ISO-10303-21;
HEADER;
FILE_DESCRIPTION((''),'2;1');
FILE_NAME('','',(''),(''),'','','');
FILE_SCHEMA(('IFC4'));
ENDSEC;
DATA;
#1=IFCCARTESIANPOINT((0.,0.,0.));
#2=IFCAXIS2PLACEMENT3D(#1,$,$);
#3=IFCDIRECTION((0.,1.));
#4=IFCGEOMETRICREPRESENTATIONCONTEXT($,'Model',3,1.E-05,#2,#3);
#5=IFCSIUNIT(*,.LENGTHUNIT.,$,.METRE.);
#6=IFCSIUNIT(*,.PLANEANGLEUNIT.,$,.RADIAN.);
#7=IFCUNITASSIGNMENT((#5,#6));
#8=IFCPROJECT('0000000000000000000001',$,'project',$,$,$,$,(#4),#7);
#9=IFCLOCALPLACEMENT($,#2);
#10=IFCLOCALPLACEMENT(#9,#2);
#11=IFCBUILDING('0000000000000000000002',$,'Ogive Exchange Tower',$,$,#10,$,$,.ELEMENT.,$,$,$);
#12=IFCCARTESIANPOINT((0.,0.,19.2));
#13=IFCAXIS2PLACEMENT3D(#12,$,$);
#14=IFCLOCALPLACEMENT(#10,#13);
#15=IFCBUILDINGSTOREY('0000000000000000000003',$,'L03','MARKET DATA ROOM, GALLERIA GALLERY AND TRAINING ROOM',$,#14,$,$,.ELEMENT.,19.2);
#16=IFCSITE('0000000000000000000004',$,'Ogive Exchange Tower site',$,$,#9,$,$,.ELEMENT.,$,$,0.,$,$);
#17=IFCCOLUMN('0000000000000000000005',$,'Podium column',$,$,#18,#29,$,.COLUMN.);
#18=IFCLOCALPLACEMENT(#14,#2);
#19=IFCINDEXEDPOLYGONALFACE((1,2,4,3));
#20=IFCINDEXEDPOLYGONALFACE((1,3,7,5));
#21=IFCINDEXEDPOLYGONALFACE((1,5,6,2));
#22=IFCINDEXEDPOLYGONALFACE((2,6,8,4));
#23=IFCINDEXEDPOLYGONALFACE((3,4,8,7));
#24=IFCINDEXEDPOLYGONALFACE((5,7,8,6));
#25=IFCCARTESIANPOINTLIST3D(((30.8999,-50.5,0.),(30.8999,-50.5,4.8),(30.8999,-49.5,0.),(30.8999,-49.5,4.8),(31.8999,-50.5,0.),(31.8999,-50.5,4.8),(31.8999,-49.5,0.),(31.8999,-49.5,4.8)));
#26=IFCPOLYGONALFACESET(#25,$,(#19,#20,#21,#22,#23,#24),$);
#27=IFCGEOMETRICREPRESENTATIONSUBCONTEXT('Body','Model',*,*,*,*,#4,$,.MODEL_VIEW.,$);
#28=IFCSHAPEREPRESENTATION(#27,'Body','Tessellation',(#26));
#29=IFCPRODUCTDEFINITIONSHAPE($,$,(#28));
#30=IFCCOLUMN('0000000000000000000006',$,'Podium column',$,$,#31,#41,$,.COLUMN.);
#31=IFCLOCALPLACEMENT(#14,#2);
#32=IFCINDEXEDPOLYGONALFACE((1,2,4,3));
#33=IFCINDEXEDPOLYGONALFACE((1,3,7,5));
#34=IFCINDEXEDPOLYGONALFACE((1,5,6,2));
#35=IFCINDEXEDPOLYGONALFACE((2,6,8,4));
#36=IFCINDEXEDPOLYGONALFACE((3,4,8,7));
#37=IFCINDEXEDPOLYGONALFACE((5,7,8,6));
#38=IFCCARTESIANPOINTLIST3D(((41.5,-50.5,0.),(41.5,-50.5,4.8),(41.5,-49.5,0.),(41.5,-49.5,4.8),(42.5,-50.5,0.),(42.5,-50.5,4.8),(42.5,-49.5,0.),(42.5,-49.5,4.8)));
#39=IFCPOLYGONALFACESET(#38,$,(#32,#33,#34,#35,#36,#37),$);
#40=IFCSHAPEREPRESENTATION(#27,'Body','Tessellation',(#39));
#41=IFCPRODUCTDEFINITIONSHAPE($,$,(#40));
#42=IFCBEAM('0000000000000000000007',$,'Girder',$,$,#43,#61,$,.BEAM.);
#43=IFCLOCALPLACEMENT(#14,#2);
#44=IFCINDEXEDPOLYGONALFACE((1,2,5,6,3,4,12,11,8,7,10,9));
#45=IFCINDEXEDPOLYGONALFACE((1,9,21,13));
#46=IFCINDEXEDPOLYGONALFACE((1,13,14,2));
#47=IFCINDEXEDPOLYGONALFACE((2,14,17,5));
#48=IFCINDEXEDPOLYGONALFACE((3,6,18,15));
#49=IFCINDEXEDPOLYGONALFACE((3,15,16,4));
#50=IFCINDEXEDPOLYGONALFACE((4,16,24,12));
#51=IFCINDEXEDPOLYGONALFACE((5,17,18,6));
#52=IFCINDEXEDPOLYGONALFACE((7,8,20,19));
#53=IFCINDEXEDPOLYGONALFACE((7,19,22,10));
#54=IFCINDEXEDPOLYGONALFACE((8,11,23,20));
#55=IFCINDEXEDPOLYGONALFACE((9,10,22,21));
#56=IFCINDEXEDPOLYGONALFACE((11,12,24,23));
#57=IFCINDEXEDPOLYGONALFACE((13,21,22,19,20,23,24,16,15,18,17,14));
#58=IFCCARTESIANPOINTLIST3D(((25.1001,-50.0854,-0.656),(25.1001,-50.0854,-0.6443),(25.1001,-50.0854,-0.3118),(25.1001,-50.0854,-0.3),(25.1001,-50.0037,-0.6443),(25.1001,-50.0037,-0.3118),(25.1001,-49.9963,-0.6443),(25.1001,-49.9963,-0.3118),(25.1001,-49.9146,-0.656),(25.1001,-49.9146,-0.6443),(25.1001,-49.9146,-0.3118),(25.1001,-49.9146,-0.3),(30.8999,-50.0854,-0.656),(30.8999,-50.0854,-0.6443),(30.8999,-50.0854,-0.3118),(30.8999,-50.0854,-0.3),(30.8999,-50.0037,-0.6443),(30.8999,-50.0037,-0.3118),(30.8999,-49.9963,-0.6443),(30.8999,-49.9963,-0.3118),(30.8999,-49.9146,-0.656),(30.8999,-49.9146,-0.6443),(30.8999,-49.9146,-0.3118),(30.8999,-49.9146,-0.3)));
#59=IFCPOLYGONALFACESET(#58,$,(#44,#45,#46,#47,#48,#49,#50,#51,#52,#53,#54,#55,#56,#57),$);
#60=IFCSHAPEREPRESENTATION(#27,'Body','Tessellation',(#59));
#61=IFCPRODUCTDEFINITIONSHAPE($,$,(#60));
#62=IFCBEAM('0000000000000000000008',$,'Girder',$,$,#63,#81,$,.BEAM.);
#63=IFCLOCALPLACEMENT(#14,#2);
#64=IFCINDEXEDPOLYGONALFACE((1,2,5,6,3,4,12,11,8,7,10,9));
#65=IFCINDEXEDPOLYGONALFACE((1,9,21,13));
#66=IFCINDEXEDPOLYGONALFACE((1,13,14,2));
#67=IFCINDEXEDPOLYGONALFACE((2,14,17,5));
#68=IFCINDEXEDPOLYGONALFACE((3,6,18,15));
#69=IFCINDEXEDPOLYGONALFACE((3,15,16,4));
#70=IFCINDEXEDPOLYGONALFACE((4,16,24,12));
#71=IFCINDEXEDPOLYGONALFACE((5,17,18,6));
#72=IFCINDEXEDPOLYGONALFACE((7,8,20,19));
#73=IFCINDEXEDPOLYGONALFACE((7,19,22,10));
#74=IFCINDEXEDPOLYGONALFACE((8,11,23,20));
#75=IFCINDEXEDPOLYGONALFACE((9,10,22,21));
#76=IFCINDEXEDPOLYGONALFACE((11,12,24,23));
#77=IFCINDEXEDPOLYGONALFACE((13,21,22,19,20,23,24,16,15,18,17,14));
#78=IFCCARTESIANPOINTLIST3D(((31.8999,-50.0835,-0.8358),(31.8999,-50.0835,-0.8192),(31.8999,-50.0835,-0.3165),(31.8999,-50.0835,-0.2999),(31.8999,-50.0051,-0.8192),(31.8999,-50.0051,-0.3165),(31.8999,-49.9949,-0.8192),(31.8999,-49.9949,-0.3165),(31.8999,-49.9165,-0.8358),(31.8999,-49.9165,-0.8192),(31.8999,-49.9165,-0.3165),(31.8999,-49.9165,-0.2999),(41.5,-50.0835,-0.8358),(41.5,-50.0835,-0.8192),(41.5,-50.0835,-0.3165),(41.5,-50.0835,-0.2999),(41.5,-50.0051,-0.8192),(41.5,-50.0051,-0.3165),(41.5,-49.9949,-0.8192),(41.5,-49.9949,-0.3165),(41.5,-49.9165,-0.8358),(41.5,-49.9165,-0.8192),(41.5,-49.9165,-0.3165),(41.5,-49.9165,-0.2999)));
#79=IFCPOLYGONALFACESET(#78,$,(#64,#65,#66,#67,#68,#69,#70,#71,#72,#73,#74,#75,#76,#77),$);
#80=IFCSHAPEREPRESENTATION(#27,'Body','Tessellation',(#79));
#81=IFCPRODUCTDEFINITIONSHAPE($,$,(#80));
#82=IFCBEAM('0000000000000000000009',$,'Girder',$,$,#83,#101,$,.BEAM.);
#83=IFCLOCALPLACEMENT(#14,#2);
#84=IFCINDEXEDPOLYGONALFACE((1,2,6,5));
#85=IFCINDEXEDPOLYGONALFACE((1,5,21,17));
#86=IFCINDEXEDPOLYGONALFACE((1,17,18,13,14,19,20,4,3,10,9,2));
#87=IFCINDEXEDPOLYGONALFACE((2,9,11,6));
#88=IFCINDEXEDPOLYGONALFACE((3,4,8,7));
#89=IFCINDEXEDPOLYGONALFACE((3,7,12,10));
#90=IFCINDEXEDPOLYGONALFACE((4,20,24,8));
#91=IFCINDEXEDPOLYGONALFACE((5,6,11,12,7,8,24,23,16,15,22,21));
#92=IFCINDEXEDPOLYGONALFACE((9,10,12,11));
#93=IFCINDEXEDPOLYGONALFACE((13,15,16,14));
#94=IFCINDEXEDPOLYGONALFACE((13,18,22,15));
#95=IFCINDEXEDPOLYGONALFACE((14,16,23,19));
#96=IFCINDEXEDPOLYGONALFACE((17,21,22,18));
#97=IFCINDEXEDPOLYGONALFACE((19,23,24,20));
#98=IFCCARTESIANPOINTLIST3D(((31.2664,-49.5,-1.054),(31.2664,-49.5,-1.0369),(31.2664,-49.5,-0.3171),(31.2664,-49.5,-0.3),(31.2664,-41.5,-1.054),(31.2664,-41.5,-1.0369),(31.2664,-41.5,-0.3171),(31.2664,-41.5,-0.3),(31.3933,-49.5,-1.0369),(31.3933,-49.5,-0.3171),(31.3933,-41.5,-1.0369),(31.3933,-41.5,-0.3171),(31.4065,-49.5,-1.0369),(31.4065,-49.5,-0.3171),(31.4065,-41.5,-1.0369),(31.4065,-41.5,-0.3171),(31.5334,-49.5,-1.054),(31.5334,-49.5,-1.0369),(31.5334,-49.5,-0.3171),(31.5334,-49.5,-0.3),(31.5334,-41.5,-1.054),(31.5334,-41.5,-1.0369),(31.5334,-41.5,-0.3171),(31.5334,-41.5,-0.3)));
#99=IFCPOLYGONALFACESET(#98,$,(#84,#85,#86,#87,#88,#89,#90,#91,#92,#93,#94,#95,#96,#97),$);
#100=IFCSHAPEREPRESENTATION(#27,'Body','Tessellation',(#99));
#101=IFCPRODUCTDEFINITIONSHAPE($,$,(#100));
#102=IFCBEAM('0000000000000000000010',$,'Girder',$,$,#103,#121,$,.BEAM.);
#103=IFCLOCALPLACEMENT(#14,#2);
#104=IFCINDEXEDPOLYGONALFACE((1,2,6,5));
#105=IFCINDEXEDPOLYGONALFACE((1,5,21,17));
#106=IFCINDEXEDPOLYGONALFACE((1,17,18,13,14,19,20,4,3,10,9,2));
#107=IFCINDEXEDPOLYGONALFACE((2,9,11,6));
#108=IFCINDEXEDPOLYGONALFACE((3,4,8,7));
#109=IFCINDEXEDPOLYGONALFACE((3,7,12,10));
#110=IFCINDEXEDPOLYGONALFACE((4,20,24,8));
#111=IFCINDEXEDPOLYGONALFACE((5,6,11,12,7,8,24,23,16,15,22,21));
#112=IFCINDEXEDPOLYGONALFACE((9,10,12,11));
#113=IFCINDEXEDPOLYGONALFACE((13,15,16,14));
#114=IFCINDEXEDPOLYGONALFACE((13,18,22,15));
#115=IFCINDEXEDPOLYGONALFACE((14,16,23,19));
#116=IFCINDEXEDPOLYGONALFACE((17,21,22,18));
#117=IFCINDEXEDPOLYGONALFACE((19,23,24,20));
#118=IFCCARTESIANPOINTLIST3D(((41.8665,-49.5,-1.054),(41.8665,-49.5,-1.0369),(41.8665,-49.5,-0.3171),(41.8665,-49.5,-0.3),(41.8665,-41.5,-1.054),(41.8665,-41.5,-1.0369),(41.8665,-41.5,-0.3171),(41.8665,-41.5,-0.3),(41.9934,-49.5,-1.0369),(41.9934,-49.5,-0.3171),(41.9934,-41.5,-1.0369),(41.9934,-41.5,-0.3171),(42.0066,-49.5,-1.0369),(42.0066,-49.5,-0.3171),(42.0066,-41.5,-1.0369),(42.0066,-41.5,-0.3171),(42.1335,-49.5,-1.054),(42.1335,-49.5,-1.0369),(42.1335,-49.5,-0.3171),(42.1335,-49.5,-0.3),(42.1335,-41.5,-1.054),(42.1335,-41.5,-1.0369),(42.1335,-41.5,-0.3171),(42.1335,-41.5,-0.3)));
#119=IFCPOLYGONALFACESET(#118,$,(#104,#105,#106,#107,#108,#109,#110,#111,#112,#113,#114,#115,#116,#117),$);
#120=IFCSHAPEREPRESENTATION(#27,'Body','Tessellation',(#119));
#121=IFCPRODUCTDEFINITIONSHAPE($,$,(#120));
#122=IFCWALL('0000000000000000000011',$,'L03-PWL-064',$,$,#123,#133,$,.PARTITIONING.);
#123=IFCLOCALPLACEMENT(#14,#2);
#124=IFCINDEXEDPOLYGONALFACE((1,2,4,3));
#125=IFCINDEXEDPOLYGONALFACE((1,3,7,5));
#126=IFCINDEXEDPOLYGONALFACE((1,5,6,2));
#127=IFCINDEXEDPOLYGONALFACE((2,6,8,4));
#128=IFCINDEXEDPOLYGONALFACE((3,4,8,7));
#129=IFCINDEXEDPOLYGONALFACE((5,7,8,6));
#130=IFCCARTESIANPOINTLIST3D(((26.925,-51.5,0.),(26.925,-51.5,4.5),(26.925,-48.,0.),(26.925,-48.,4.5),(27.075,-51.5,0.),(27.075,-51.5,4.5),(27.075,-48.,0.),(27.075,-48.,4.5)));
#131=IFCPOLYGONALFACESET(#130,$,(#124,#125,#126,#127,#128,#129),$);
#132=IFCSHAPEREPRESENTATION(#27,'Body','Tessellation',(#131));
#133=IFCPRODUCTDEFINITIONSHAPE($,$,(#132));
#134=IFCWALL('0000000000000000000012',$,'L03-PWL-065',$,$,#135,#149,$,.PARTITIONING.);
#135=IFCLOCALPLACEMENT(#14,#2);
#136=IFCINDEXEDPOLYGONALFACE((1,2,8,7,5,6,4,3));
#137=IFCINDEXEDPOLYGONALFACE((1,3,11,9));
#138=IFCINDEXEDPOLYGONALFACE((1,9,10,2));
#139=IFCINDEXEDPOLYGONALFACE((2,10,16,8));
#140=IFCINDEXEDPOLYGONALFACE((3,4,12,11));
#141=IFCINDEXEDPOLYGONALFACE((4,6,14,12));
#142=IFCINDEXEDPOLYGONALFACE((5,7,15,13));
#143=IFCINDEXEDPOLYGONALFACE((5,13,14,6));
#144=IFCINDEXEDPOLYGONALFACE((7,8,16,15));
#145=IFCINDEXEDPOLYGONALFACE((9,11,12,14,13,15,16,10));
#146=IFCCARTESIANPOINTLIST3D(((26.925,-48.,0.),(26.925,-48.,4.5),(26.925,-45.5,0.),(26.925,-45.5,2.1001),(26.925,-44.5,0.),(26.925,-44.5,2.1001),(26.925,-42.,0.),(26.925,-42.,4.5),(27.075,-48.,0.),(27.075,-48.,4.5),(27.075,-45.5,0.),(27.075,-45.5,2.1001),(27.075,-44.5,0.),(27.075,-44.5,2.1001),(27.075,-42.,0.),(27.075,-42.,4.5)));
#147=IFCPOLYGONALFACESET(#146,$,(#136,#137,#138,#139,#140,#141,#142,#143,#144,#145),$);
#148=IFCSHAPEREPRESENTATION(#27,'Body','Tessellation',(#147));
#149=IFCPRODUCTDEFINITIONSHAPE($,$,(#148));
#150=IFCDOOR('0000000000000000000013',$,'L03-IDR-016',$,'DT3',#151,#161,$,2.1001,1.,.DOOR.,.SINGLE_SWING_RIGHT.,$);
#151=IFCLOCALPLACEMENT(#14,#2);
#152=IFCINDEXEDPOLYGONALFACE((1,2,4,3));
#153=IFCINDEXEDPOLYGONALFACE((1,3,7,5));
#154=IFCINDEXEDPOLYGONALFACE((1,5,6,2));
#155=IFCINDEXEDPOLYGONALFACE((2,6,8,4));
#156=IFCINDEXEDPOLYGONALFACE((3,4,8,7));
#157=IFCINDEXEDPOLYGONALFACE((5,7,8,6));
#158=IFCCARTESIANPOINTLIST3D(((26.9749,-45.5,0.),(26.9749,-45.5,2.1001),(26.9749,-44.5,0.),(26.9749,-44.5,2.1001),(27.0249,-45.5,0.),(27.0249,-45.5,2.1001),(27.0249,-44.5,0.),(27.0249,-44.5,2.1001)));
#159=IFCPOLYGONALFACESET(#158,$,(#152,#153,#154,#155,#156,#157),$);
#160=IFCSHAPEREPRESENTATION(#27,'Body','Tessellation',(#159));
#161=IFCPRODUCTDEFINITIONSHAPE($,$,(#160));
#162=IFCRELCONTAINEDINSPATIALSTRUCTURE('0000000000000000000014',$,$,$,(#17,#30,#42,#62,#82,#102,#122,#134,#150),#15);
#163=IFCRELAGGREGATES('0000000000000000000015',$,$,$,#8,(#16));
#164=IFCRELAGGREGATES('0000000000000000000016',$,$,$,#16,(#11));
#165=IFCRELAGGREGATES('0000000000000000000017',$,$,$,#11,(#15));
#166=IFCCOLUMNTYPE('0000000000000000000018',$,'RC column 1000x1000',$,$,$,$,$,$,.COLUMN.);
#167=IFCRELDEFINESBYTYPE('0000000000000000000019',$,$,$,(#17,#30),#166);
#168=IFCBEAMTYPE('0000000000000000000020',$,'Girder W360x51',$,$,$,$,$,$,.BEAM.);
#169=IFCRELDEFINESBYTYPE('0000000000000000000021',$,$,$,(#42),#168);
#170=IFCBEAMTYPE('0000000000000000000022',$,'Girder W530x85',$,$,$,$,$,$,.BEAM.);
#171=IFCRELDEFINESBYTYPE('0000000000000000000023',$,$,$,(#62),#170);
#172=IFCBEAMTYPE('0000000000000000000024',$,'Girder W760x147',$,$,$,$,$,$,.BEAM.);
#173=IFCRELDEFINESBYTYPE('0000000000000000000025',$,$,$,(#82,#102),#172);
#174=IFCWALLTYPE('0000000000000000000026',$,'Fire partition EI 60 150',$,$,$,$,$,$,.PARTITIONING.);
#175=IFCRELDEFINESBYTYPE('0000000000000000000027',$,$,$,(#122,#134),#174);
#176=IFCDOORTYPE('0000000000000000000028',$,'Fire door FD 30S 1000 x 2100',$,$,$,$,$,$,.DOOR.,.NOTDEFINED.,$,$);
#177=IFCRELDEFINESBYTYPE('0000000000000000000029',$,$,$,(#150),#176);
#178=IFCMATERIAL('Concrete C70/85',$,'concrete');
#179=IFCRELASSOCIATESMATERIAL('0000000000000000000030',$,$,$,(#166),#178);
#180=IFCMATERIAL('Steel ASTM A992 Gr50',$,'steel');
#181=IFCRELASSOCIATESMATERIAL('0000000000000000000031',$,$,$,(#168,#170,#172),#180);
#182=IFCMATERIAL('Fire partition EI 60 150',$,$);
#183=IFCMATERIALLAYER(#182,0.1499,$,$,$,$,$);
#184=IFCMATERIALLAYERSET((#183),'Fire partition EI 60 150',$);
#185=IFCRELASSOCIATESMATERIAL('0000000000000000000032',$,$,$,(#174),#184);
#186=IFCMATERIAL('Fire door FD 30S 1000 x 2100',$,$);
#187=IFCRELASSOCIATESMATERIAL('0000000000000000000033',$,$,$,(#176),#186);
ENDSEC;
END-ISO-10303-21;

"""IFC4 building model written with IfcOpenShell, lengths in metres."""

from ifc_helpers import new_model, si_unit, direction, frame, frame_2d, origin, origin_2d, place, context, subcontext, project, spatial, rectangle, i_section, extrude, material, layer, layer_set, material_profile, profile_set, type_object, element, fill, save


model = new_model("IFC4")

# Units and contexts
model_context = context("Model", 3, precision=1e-05, world=origin(), true_north=direction((0.0, 1.0)))
body_context = subcontext(model_context, "Body", "Model", "MODEL_VIEW")
ifc_project = project(units=[si_unit("LENGTHUNIT", "METRE"), si_unit("PLANEANGLEUNIT", "RADIAN")], contexts=[model_context])

# Site, building, storey
site_placement = place(None, origin())
site = spatial("IfcSite", under=ifc_project, at=site_placement, Name="Ogive Exchange Tower site", CompositionType="ELEMENT", RefElevation=0.0)
building_placement = place(site_placement, origin())
building = spatial("IfcBuilding", under=site, at=building_placement, Name="Ogive Exchange Tower", CompositionType="ELEMENT")
storey_placement = place(building_placement, frame((0.0, 0.0, 19.2)))
storey = spatial("IfcBuildingStorey", under=building, at=storey_placement, Name="L03", Description="MARKET DATA ROOM, GALLERIA GALLERY AND TRAINING ROOM", CompositionType="ELEMENT", Elevation=19.2)

# Columns
ifc_material_1 = material(Name="Concrete C70/85", Category="concrete")
ifc_material_profile_1 = material_profile(ifc_material_1, rectangle(XDim=1.0, YDim=1.0, at=origin_2d()), Name="RC 1000x1000")
ifc_profile_set_1 = profile_set([ifc_material_profile_1], Name="Concrete C70/85")
column_type = type_object("IfcColumnType", Name="RC column 1000x1000", PredefinedType="COLUMN", material=ifc_profile_set_1)
for number, where, z_axis, x_axis, name in (
    (1, (31.3999, -50.0, 0.0), (0.0, 0.0, 1.0), (1.0, 0.0, 0.0), "Podium column"),
    (2, (42.0, -50.0, 0.0), (0.0, 0.0, 1.0), (1.0, 0.0, 0.0), "Podium column"),
):
    element("IfcColumn", number, at=place(storey_placement, frame(where, z_axis=z_axis, x_axis=x_axis)), inside=storey, type_object=column_type, Name=name, PredefinedType="COLUMN", context=body_context, shape_type="SweptSolid", body=[
        extrude(rectangle(XDim=1.0, YDim=1.0, at=origin_2d()), origin(), (0.0, 0.0, 1.0), 4.8),
    ])

# Beams
ifc_material_2 = material(Name="Steel ASTM A992 Gr50", Category="steel")
ifc_material_profile_2 = material_profile(ifc_material_2, i_section(OverallWidth=0.1709, OverallDepth=0.356, WebThickness=0.0073, FlangeThickness=0.0117, at=origin_2d()), Name="W360x51")
ifc_profile_set_2 = profile_set([ifc_material_profile_2], Name="Steel ASTM A992 Gr50")
beam_type_1 = type_object("IfcBeamType", Name="Girder W360x51", PredefinedType="BEAM", material=ifc_profile_set_2)
beam_1_placement = place(storey_placement, frame((25.1001, -50.0, -0.478), z_axis=(1.0, 0.0, 0.0), x_axis=(0.0, 1.0, 0.0)))
element("IfcBeam", 3, at=beam_1_placement, inside=storey, type_object=beam_type_1, Name="Girder", PredefinedType="BEAM", context=body_context, shape_type="SweptSolid", body=[
    extrude(i_section(OverallWidth=0.1709, OverallDepth=0.356, WebThickness=0.0073, FlangeThickness=0.0117, at=origin_2d()), origin(), (0.0, 0.0, 1.0), 5.7998),
])
ifc_material_profile_3 = material_profile(ifc_material_2, i_section(OverallWidth=0.167, OverallDepth=0.5359, WebThickness=0.0103, FlangeThickness=0.0166, at=origin_2d()), Name="W530x85")
ifc_profile_set_3 = profile_set([ifc_material_profile_3], Name="Steel ASTM A992 Gr50")
beam_type_2 = type_object("IfcBeamType", Name="Girder W530x85", PredefinedType="BEAM", material=ifc_profile_set_3)
beam_2_placement = place(storey_placement, frame((31.8999, -50.0, -0.5679), z_axis=(1.0, 0.0, 0.0), x_axis=(0.0, 1.0, 0.0)))
element("IfcBeam", 4, at=beam_2_placement, inside=storey, type_object=beam_type_2, Name="Girder", PredefinedType="BEAM", context=body_context, shape_type="SweptSolid", body=[
    extrude(i_section(OverallWidth=0.167, OverallDepth=0.5359, WebThickness=0.0103, FlangeThickness=0.0166, at=origin_2d()), origin(), (0.0, 0.0, 1.0), 9.6001),
])
ifc_material_profile_4 = material_profile(ifc_material_2, i_section(OverallWidth=0.2671, OverallDepth=0.7539, WebThickness=0.0132, FlangeThickness=0.0171, at=origin_2d()), Name="W760x147")
ifc_profile_set_4 = profile_set([ifc_material_profile_4], Name="Steel ASTM A992 Gr50")
beam_type_3 = type_object("IfcBeamType", Name="Girder W760x147", PredefinedType="BEAM", material=ifc_profile_set_4)
for number, where, z_axis, x_axis, name in (
    (5, (31.3999, -49.5, -0.677), (0.0, 1.0, 0.0), (-1.0, 0.0, 0.0), "Girder"),
    (6, (42.0, -49.5, -0.677), (0.0, 1.0, 0.0), (-1.0, 0.0, 0.0), "Girder"),
):
    element("IfcBeam", number, at=place(storey_placement, frame(where, z_axis=z_axis, x_axis=x_axis)), inside=storey, type_object=beam_type_3, Name=name, PredefinedType="BEAM", context=body_context, shape_type="SweptSolid", body=[
        extrude(i_section(OverallWidth=0.2671, OverallDepth=0.7539, WebThickness=0.0132, FlangeThickness=0.0171, at=origin_2d()), origin(), (0.0, 0.0, 1.0), 8.0),
    ])

# Wall
ifc_material_3 = material(Name="Fire partition EI 60 150")
ifc_layer_1 = layer(ifc_material_3, 0.1499)
ifc_layer_set_1 = layer_set([ifc_layer_1], Name="Fire partition EI 60 150")
wall_type_1 = type_object("IfcWallType", Name="Fire partition EI 60 150", PredefinedType="PARTITIONING", material=ifc_layer_set_1)
wall_1_placement = place(storey_placement, frame((27.0, -51.5, 0.0), z_axis=(0.0, 0.0, 1.0), x_axis=(0.0, 1.0, 0.0)))
element("IfcWall", 7, at=wall_1_placement, inside=storey, type_object=wall_type_1, Name="L03-PWL-064", PredefinedType="PARTITIONING", context=body_context, shape_type="SweptSolid", body=[
    extrude(rectangle(XDim=3.5, YDim=0.1499, at=frame_2d((1.75, 0.0))), origin(), (0.0, 0.0, 1.0), 4.5),
])

# Wall, opening, door
wall_2_placement = place(storey_placement, frame((27.0, -48.0, 0.0), z_axis=(0.0, 0.0, 1.0), x_axis=(0.0, 1.0, 0.0)))
wall_2 = element("IfcWall", 8, at=wall_2_placement, inside=storey, type_object=wall_type_1, Name="L03-PWL-065", PredefinedType="PARTITIONING", context=body_context, shape_type="SweptSolid", body=[
    extrude(rectangle(XDim=6.0, YDim=0.1499, at=frame_2d((3.0, 0.0))), origin(), (0.0, 0.0, 1.0), 4.5),
])
opening_1_placement = place(wall_2_placement, frame((2.5, 0.0, 0.0)))
opening_1 = element("IfcOpeningElement", 9, at=opening_1_placement, cuts=wall_2, PredefinedType="OPENING", context=body_context, shape_type="SweptSolid", body=[
    extrude(rectangle(XDim=1.0, YDim=2.1001, at=frame_2d((0.5, 1.05))), frame((0.0, 0.085, 0.0), z_axis=(0.0, -1.0, 0.0), x_axis=(1.0, 0.0, 0.0)), (0.0, 0.0, 1.0), 0.1699),
])
ifc_material_4 = material(Name="Fire door FD 30S 1000 x 2100")
door_type_1 = type_object("IfcDoorType", Name="Fire door FD 30S 1000 x 2100", OperationType="NOTDEFINED", PredefinedType="DOOR", material=ifc_material_4)
door_1_placement = place(opening_1_placement, frame((1.0, 0.0, 0.0), z_axis=(0.0, 0.0, 1.0), x_axis=(-1.0, 0.0, 0.0)))
door_1 = element("IfcDoor", 10, at=door_1_placement, inside=storey, type_object=door_type_1, Name="L03-IDR-016", ObjectType="DT3", OperationType="SINGLE_SWING_RIGHT", OverallHeight=2.1001, OverallWidth=1.0, PredefinedType="DOOR", context=body_context, shape_type="SweptSolid", body=[
    extrude(rectangle(XDim=1.0, YDim=2.1001, at=frame_2d((0.5, 1.05))), frame((0.0, 0.0249, 0.0), z_axis=(0.0, -1.0, 0.0), x_axis=(1.0, 0.0, 0.0)), (0.0, 0.0, 1.0), 0.05),
])
fill(opening_1, door_1)

save(model, "model.ifc")
